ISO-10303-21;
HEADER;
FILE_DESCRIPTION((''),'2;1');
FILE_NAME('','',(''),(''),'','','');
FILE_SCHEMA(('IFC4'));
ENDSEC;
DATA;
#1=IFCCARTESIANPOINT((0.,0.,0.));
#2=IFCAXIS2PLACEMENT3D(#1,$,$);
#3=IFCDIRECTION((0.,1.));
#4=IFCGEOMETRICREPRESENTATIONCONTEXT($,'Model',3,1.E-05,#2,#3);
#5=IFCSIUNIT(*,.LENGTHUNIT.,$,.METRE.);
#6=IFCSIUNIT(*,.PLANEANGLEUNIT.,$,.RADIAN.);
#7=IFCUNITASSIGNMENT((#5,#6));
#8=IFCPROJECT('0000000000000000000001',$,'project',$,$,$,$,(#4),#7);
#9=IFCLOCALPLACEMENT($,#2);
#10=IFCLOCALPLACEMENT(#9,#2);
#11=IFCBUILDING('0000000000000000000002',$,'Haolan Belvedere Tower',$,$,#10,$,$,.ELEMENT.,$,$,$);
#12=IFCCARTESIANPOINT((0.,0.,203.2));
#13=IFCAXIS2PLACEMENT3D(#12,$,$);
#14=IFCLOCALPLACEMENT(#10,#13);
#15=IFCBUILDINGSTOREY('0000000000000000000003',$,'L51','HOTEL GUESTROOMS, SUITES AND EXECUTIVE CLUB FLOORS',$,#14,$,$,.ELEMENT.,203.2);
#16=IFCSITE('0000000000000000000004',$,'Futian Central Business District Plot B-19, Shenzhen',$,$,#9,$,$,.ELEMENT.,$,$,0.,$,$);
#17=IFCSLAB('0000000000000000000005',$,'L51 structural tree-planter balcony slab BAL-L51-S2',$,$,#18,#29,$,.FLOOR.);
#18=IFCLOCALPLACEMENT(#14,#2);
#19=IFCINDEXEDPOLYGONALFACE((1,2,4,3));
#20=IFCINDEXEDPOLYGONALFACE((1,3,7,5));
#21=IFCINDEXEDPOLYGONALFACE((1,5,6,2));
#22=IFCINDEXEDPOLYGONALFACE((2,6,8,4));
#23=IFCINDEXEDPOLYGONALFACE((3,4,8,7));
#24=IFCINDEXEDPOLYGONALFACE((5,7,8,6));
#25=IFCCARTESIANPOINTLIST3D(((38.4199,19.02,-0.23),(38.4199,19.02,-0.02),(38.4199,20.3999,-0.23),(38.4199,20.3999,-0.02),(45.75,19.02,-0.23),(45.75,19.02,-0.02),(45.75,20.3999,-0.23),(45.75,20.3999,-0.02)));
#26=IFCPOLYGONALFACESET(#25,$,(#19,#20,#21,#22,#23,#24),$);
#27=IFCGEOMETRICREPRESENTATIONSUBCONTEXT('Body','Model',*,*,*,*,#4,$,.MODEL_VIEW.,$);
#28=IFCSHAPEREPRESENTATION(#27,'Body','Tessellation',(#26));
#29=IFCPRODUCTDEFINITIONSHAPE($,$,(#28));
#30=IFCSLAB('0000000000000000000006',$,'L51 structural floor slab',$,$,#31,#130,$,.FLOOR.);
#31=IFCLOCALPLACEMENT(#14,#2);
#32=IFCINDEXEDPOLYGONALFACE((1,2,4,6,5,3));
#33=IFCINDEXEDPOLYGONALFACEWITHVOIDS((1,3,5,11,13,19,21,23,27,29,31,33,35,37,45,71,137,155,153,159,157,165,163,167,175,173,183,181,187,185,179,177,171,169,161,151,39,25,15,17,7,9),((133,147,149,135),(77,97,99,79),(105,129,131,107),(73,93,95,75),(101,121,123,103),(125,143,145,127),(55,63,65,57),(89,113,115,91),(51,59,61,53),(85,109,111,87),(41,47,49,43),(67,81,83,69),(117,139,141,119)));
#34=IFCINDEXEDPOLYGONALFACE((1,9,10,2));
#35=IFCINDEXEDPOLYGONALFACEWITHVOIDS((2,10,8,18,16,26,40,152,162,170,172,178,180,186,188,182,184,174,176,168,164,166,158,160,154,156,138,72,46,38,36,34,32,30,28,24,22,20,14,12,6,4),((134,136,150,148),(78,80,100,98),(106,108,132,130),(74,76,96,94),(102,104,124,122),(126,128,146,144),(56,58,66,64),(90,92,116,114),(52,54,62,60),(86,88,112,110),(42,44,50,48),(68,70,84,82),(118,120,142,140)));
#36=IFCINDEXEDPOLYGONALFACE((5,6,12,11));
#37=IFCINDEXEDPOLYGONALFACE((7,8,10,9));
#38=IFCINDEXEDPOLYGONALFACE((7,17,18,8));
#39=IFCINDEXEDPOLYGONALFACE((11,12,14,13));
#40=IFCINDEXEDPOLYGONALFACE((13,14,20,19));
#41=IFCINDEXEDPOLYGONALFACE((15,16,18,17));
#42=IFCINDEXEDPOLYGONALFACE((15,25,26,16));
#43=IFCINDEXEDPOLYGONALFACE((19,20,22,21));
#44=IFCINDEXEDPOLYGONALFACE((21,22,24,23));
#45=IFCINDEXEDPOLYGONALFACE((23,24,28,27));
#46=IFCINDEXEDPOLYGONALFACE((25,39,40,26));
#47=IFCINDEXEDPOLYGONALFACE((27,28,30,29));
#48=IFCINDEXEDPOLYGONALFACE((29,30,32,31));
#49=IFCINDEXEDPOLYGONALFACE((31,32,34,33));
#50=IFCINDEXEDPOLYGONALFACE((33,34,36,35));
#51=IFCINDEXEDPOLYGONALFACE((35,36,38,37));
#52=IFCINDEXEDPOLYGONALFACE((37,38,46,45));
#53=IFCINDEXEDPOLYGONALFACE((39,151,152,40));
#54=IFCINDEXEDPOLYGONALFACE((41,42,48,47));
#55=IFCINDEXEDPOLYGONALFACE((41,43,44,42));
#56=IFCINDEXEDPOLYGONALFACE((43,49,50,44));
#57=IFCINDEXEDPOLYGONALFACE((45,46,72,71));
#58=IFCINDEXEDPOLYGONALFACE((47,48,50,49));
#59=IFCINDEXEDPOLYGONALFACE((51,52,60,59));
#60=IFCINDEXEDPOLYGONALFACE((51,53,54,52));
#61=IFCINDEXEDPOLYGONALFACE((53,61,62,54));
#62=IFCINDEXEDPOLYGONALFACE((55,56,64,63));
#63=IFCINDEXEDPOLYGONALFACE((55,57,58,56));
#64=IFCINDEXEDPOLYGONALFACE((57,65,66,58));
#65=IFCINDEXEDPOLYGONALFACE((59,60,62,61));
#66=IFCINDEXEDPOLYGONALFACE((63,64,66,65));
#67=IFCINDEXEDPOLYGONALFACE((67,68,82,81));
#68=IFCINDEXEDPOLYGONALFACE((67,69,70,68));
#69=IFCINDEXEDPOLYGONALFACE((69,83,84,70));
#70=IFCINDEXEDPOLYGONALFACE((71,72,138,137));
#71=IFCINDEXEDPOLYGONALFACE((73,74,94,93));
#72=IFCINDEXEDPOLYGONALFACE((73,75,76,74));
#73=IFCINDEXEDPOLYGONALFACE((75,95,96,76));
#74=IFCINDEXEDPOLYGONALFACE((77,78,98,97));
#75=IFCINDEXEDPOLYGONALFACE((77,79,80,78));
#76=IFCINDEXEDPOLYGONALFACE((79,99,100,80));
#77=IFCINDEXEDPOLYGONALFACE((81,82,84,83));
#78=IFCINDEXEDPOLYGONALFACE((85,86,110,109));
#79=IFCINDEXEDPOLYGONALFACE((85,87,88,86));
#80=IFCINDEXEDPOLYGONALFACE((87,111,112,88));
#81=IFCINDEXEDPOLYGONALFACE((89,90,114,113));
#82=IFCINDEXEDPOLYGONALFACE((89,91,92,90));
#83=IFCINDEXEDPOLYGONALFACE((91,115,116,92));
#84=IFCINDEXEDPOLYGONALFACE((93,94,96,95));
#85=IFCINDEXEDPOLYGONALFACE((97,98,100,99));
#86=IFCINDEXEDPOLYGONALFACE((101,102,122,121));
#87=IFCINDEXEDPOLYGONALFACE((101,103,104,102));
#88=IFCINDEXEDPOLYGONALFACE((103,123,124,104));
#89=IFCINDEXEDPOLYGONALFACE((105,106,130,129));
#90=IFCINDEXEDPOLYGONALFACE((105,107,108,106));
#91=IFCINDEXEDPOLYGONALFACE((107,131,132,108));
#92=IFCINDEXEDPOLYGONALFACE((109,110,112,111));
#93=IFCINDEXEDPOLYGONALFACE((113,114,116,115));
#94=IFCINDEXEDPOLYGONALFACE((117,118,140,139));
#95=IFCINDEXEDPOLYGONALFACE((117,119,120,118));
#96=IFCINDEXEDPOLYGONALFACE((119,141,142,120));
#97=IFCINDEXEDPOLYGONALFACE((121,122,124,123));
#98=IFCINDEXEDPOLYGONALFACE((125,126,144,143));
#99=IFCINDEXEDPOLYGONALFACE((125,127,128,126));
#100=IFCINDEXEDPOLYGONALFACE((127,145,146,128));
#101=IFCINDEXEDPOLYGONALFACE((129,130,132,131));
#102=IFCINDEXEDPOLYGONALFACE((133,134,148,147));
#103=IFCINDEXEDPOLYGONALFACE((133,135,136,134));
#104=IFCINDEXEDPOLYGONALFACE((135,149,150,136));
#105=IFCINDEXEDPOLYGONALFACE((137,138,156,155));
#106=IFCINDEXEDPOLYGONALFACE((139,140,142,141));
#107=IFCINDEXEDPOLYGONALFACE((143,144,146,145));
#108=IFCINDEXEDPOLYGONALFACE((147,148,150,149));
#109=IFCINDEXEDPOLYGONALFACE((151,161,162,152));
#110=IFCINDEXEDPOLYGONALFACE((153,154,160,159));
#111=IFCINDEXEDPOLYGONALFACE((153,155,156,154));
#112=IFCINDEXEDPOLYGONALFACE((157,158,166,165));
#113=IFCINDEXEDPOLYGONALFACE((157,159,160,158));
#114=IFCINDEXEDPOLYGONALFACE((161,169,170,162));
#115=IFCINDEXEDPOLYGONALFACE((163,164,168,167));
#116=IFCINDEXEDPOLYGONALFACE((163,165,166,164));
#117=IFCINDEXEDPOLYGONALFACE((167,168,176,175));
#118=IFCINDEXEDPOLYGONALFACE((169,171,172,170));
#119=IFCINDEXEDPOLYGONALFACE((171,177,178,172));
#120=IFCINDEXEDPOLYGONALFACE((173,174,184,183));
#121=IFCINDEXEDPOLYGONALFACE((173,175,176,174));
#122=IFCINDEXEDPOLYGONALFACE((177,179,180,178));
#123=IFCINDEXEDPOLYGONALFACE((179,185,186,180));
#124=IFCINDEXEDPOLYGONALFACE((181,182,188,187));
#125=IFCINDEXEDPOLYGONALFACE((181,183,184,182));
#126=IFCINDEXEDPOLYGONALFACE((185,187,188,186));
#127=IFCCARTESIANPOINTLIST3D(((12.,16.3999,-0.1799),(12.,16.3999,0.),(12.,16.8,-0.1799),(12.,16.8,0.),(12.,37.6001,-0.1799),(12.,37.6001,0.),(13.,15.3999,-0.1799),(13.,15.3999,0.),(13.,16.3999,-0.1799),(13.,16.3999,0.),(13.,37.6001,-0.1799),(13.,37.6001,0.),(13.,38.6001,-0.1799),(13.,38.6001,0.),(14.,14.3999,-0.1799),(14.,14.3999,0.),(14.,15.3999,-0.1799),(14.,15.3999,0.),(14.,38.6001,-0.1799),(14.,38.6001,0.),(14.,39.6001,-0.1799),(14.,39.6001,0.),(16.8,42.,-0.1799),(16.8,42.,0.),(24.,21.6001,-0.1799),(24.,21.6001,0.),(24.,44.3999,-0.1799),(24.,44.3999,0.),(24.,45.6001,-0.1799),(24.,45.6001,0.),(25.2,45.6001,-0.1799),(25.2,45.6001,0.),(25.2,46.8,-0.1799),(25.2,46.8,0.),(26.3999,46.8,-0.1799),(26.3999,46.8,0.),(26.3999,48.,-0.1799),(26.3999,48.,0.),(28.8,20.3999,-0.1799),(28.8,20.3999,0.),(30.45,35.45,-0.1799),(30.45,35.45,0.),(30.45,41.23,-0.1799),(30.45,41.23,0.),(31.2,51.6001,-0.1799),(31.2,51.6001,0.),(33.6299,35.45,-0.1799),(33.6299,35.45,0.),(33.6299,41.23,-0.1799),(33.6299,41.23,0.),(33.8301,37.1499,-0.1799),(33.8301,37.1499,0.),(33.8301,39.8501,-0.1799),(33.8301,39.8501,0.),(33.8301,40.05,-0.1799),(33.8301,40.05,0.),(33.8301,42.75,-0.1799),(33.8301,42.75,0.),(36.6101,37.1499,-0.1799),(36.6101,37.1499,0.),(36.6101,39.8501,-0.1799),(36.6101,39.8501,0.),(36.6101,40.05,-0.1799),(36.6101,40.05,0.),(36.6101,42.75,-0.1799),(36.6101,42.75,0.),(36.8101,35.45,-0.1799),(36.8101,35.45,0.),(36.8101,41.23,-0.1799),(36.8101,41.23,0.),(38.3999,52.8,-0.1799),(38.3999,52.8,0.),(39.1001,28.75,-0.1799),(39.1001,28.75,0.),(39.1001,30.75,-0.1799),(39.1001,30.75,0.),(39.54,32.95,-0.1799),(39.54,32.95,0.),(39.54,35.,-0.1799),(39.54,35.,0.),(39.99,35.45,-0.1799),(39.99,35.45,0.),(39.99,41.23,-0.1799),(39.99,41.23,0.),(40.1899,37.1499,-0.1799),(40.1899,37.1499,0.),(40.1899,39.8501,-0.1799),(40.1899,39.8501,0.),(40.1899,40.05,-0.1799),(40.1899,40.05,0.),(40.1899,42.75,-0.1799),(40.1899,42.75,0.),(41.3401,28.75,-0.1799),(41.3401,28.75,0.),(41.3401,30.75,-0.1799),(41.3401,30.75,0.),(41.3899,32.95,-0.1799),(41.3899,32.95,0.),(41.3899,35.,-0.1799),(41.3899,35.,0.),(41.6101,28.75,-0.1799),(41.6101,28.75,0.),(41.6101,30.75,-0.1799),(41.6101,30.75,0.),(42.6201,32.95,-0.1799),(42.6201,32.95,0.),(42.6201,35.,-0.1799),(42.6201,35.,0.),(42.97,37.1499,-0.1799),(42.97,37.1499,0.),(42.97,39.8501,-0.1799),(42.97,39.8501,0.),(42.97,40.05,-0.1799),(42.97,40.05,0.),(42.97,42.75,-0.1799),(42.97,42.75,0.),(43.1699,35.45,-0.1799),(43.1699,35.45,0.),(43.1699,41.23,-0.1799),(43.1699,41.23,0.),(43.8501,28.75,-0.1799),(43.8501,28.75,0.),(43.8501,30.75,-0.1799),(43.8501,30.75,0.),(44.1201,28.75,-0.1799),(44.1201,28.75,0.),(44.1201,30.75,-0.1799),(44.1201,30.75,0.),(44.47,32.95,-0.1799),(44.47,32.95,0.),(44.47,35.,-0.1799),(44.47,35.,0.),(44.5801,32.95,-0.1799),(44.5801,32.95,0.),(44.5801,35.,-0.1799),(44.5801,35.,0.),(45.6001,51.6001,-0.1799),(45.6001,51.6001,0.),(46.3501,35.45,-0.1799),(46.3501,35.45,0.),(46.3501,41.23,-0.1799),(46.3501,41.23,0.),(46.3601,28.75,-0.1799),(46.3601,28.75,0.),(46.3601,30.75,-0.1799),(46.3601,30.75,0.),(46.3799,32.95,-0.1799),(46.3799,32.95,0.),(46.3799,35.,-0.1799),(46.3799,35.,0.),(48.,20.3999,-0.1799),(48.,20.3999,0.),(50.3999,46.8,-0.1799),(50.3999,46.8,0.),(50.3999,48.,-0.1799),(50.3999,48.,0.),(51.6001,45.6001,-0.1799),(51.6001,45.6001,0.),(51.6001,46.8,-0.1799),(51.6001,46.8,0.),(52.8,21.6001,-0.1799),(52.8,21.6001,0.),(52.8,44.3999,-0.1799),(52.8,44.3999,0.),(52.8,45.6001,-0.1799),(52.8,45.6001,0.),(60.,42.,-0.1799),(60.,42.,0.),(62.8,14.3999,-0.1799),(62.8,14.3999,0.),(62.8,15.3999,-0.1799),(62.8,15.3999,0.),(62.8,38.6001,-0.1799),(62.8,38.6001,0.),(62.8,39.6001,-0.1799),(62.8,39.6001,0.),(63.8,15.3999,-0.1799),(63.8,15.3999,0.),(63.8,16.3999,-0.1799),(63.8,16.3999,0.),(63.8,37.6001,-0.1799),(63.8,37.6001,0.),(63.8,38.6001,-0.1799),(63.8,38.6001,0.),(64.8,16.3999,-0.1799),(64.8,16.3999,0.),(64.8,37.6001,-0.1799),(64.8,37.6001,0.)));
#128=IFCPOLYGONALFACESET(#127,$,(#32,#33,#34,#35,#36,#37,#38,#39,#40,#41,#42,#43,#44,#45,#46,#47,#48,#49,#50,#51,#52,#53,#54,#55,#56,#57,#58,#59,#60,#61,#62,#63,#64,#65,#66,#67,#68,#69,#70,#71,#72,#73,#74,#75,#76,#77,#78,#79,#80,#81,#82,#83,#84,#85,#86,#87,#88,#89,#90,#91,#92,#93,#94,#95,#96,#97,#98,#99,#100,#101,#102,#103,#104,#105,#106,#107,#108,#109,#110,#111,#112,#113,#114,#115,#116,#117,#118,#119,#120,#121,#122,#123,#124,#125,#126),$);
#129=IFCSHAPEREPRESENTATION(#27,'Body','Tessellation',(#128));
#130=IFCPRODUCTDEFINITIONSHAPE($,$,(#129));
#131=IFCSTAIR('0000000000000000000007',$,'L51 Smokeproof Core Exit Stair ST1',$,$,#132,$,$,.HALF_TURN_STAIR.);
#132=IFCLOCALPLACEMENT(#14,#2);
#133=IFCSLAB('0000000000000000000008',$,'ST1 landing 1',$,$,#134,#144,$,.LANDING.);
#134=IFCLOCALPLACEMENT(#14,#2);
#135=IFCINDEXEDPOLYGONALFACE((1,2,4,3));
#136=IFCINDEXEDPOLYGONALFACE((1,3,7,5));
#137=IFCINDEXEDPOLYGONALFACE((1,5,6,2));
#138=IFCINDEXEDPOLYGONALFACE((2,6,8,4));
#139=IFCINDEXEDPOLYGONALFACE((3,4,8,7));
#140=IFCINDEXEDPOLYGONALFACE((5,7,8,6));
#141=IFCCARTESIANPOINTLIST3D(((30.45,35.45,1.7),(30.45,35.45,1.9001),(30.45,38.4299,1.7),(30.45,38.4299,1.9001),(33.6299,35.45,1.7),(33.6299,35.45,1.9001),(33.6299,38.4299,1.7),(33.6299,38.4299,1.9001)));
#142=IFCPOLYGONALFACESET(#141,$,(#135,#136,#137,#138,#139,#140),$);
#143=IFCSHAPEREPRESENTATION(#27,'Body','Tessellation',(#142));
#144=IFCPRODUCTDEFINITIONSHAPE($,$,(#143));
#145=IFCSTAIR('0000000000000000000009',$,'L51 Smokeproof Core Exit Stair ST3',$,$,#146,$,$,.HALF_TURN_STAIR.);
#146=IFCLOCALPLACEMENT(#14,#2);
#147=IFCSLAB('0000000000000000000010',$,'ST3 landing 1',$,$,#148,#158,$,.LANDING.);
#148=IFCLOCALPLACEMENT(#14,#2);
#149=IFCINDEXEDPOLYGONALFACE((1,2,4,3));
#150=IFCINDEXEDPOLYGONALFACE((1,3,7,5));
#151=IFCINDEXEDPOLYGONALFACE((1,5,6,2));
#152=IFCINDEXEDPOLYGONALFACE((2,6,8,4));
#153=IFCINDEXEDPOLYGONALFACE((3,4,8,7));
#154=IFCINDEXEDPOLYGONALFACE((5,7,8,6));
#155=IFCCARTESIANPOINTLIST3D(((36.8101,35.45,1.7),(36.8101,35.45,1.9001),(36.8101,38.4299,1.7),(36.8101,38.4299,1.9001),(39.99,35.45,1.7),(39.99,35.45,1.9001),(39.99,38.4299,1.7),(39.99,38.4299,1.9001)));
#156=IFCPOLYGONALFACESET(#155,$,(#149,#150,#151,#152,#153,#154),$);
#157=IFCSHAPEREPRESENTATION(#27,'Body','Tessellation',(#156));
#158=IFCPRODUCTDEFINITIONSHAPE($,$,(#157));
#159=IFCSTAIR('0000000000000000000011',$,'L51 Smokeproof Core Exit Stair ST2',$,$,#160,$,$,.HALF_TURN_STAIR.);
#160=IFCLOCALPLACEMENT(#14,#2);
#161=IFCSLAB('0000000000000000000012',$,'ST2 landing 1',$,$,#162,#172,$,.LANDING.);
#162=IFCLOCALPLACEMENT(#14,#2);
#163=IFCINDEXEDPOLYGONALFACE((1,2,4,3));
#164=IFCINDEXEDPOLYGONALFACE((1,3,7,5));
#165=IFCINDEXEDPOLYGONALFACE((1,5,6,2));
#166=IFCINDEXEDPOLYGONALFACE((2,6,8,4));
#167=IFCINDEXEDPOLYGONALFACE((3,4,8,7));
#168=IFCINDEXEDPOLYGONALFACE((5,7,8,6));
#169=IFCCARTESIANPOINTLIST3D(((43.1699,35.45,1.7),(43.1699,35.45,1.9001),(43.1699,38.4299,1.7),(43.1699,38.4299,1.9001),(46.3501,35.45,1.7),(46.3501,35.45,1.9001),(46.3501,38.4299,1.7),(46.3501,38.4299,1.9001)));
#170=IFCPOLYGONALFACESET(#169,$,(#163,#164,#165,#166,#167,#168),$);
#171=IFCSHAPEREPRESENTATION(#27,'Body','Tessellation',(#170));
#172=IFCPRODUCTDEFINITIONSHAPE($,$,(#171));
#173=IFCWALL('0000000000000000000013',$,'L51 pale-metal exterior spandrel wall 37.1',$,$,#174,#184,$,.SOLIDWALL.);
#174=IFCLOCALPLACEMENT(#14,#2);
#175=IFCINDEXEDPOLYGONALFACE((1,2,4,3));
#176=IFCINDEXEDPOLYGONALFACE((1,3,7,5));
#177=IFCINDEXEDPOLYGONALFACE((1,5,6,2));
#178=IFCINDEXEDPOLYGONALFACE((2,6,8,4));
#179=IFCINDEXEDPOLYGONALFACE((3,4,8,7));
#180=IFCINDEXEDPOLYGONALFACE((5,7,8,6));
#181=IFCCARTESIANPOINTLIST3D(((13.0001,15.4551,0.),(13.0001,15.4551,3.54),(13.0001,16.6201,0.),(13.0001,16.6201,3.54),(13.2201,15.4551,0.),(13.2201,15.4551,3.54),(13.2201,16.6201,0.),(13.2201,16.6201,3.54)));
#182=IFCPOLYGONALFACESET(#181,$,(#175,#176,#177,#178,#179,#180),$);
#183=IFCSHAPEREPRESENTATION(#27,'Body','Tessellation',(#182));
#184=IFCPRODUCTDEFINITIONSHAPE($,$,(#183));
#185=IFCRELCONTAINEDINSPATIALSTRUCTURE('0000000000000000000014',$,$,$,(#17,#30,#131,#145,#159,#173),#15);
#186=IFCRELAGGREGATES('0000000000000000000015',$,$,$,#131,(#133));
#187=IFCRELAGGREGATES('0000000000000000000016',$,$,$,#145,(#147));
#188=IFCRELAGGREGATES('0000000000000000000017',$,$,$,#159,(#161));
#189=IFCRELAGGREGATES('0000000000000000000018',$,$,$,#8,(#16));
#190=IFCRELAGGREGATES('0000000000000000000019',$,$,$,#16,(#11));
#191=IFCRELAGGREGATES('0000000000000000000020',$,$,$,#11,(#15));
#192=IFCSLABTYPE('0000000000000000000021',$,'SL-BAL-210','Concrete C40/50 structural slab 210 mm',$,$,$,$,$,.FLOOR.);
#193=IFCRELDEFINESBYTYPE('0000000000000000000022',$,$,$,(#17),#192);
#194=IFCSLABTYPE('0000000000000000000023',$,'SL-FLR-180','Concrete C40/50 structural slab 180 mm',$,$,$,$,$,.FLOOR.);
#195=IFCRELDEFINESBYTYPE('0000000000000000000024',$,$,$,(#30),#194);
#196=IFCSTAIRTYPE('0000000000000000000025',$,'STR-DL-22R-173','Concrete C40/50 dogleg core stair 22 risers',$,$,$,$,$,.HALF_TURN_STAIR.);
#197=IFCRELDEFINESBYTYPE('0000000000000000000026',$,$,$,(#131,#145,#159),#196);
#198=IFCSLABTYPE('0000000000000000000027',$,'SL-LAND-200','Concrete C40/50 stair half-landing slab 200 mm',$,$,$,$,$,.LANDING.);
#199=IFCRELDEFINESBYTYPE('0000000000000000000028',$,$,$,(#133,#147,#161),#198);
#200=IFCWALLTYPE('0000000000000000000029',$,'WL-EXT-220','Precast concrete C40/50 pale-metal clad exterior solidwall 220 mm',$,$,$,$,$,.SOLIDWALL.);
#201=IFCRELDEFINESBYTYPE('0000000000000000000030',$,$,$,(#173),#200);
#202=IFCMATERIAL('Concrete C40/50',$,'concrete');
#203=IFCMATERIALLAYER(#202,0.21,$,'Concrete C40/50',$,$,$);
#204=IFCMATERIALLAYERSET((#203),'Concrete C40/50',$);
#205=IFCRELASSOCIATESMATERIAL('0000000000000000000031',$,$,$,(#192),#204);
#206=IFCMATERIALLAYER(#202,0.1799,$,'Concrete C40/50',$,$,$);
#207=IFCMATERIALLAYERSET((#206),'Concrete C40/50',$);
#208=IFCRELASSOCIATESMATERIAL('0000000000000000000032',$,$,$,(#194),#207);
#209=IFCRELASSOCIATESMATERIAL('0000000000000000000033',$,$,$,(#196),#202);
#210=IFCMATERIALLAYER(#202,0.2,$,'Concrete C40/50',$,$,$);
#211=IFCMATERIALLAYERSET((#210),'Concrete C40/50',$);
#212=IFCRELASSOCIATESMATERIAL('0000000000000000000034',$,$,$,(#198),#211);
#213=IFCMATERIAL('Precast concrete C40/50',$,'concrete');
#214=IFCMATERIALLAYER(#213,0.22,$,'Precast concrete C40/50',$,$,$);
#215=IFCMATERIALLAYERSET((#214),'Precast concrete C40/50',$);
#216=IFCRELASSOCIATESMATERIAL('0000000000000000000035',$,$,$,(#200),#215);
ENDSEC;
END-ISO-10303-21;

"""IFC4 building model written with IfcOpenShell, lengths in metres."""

from ifc_helpers import new_model, si_unit, direction, frame, frame_2d, origin, place, context, subcontext, project, spatial, polyline, rectangle, outline, extrude, material, layer, layer_set, type_object, element, aggregate, save


model = new_model("IFC4")

# Units and contexts
model_context = context("Model", 3, precision=1e-05, world=origin(), true_north=direction((0.0, 1.0)))
body_context = subcontext(model_context, "Body", "Model", "MODEL_VIEW")
ifc_project = project(units=[si_unit("LENGTHUNIT", "METRE"), si_unit("PLANEANGLEUNIT", "RADIAN")], contexts=[model_context])

# Site, building, storey
site_placement = place(None, origin())
site = spatial("IfcSite", under=ifc_project, at=site_placement, Name="Futian Central Business District Plot B-19, Shenzhen", CompositionType="ELEMENT", RefElevation=0.0)
building_placement = place(site_placement, origin())
building = spatial("IfcBuilding", under=site, at=building_placement, Name="Haolan Belvedere Tower", CompositionType="ELEMENT")
storey_placement = place(building_placement, frame((0.0, 0.0, 203.2)))
storey = spatial("IfcBuildingStorey", under=building, at=storey_placement, Name="L51", Description="HOTEL GUESTROOMS, SUITES AND EXECUTIVE CLUB FLOORS", CompositionType="ELEMENT", Elevation=203.2)

# Slabs
ifc_material_1 = material(Name="Concrete C40/50", Category="concrete")
ifc_layer_1 = layer(ifc_material_1, 0.21, Name="Concrete C40/50")
ifc_layer_set_1 = layer_set([ifc_layer_1], Name="Concrete C40/50")
slab_type_1 = type_object("IfcSlabType", Name="SL-BAL-210", Description="Concrete C40/50 structural slab 210 mm", PredefinedType="FLOOR", material=ifc_layer_set_1)
slab_1_placement = place(storey_placement, frame((0.0, 0.0, -0.23)))
element("IfcSlab", 1, at=slab_1_placement, inside=storey, type_object=slab_type_1, Name="L51 structural tree-planter balcony slab BAL-L51-S2", PredefinedType="FLOOR", context=body_context, shape_type="SweptSolid", body=[
    extrude(outline(polyline([(38.4199, 19.02), (45.75, 19.02), (45.75, 20.3999), (38.4199, 20.3999), (38.4199, 19.02)])), origin(), (0.0, 0.0, 1.0), 0.21),
])
ifc_layer_2 = layer(ifc_material_1, 0.1799, Name="Concrete C40/50")
ifc_layer_set_2 = layer_set([ifc_layer_2], Name="Concrete C40/50")
slab_type_2 = type_object("IfcSlabType", Name="SL-FLR-180", Description="Concrete C40/50 structural slab 180 mm", PredefinedType="FLOOR", material=ifc_layer_set_2)
slab_2_placement = place(storey_placement, frame((0.0, 0.0, -0.1799)))
element("IfcSlab", 2, at=slab_2_placement, inside=storey, type_object=slab_type_2, Name="L51 structural floor slab", PredefinedType="FLOOR", context=body_context, shape_type="SweptSolid", body=[
    extrude(outline(polyline([(24.0, 21.6001), (28.8, 20.3999), (48.0, 20.3999), (52.8, 21.6001), (62.8, 14.3999), (62.8, 15.3999), (63.8, 15.3999), (63.8, 16.3999), (64.8, 16.3999), (64.8, 37.6001), (63.8, 37.6001), (63.8, 38.6001), (62.8, 38.6001), (62.8, 39.6001), (60.0, 42.0), (52.8, 44.3999), (52.8, 45.6001), (51.6001, 45.6001), (51.6001, 46.8), (50.3999, 46.8), (50.3999, 48.0), (45.6001, 51.6001), (38.3999, 52.8), (31.2, 51.6001), (26.3999, 48.0), (26.3999, 46.8), (25.2, 46.8), (25.2, 45.6001), (24.0, 45.6001), (24.0, 44.3999), (16.8, 42.0), (14.0, 39.6001), (14.0, 38.6001), (13.0, 38.6001), (13.0, 37.6001), (12.0, 37.6001), (12.0, 16.8), (12.0, 16.3999), (13.0, 16.3999), (13.0, 15.3999), (14.0, 15.3999), (14.0, 14.3999), (24.0, 21.6001)]), holes=[polyline([(30.45, 41.23), (30.45, 35.45), (33.6299, 35.45), (33.6299, 41.23), (30.45, 41.23)]), polyline([(36.8101, 41.23), (36.8101, 35.45), (39.99, 35.45), (39.99, 41.23), (36.8101, 41.23)]), polyline([(43.1699, 41.23), (43.1699, 35.45), (46.3501, 35.45), (46.3501, 41.23), (43.1699, 41.23)]), polyline([(33.8301, 40.05), (36.6101, 40.05), (36.6101, 42.75), (33.8301, 42.75), (33.8301, 40.05)]), polyline([(33.8301, 37.1499), (36.6101, 37.1499), (36.6101, 39.8501), (33.8301, 39.8501), (33.8301, 37.1499)]), polyline([(40.1899, 40.05), (42.97, 40.05), (42.97, 42.75), (40.1899, 42.75), (40.1899, 40.05)]), polyline([(40.1899, 37.1499), (42.97, 37.1499), (42.97, 39.8501), (40.1899, 39.8501), (40.1899, 37.1499)]), polyline([(39.54, 32.95), (41.3899, 32.95), (41.3899, 35.0), (39.54, 35.0), (39.54, 32.95)]), polyline([(42.6201, 32.95), (44.47, 32.95), (44.47, 35.0), (42.6201, 35.0), (42.6201, 32.95)]), polyline([(44.5801, 32.95), (46.3799, 32.95), (46.3799, 35.0), (44.5801, 35.0), (44.5801, 32.95)]), polyline([(39.1001, 28.75), (41.3401, 28.75), (41.3401, 30.75), (39.1001, 30.75), (39.1001, 28.75)]), polyline([(41.6101, 28.75), (43.8501, 28.75), (43.8501, 30.75), (41.6101, 30.75), (41.6101, 28.75)]), polyline([(44.1201, 28.75), (46.3601, 28.75), (46.3601, 30.75), (44.1201, 30.75), (44.1201, 28.75)])]), origin(), (0.0, 0.0, 1.0), 0.1799),
])

# Stairs, slabs
stair_type = type_object("IfcStairType", Name="STR-DL-22R-173", Description="Concrete C40/50 dogleg core stair 22 risers", PredefinedType="HALF_TURN_STAIR", material=ifc_material_1)
stair_1_placement = place(storey_placement, origin())
stair_1 = element("IfcStair", 3, at=stair_1_placement, inside=storey, type_object=stair_type, Name="L51 Smokeproof Core Exit Stair ST1", PredefinedType="HALF_TURN_STAIR")
ifc_layer_3 = layer(ifc_material_1, 0.2, Name="Concrete C40/50")
ifc_layer_set_3 = layer_set([ifc_layer_3], Name="Concrete C40/50")
slab_type_3 = type_object("IfcSlabType", Name="SL-LAND-200", Description="Concrete C40/50 stair half-landing slab 200 mm", PredefinedType="LANDING", material=ifc_layer_set_3)
slab_3_placement = place(storey_placement, frame((0.0, 0.0, 1.7)))
slab_3 = element("IfcSlab", 4, at=slab_3_placement, type_object=slab_type_3, Name="ST1 landing 1", PredefinedType="LANDING", context=body_context, shape_type="SweptSolid", body=[
    extrude(outline(polyline([(30.45, 38.4299), (30.45, 35.45), (33.6299, 35.45), (33.6299, 38.4299), (30.45, 38.4299)])), origin(), (0.0, 0.0, 1.0), 0.2002),
])
aggregate(stair_1, [slab_3])
stair_2_placement = place(storey_placement, origin())
stair_2 = element("IfcStair", 5, at=stair_2_placement, inside=storey, type_object=stair_type, Name="L51 Smokeproof Core Exit Stair ST3", PredefinedType="HALF_TURN_STAIR")
slab_4_placement = place(storey_placement, frame((0.0, 0.0, 1.7)))
slab_4 = element("IfcSlab", 6, at=slab_4_placement, type_object=slab_type_3, Name="ST3 landing 1", PredefinedType="LANDING", context=body_context, shape_type="SweptSolid", body=[
    extrude(outline(polyline([(36.8101, 38.4299), (36.8101, 35.45), (39.99, 35.45), (39.99, 38.4299), (36.8101, 38.4299)])), origin(), (0.0, 0.0, 1.0), 0.2002),
])
aggregate(stair_2, [slab_4])
stair_3_placement = place(storey_placement, origin())
stair_3 = element("IfcStair", 7, at=stair_3_placement, inside=storey, type_object=stair_type, Name="L51 Smokeproof Core Exit Stair ST2", PredefinedType="HALF_TURN_STAIR")
slab_5_placement = place(storey_placement, frame((0.0, 0.0, 1.7)))
slab_5 = element("IfcSlab", 8, at=slab_5_placement, type_object=slab_type_3, Name="ST2 landing 1", PredefinedType="LANDING", context=body_context, shape_type="SweptSolid", body=[
    extrude(outline(polyline([(43.1699, 38.4299), (43.1699, 35.45), (46.3501, 35.45), (46.3501, 38.4299), (43.1699, 38.4299)])), origin(), (0.0, 0.0, 1.0), 0.2002),
])
aggregate(stair_3, [slab_5])

# Wall
ifc_material_2 = material(Name="Precast concrete C40/50", Category="concrete")
ifc_layer_4 = layer(ifc_material_2, 0.22, Name="Precast concrete C40/50")
ifc_layer_set_4 = layer_set([ifc_layer_4], Name="Precast concrete C40/50")
wall_type_1 = type_object("IfcWallType", Name="WL-EXT-220", Description="Precast concrete C40/50 pale-metal clad exterior solidwall 220 mm", PredefinedType="SOLIDWALL", material=ifc_layer_set_4)
wall_1_placement = place(storey_placement, frame((13.1101, 16.6201, 0.0), z_axis=(0.0, 0.0, 1.0), x_axis=(0.0, -1.0, 0.0)))
element("IfcWall", 9, at=wall_1_placement, inside=storey, type_object=wall_type_1, Name="L51 pale-metal exterior spandrel wall 37.1", PredefinedType="SOLIDWALL", context=body_context, shape_type="SweptSolid", body=[
    extrude(rectangle(XDim=1.165, YDim=0.22, at=frame_2d((0.5825, 0.0))), origin(), (0.0, 0.0, 1.0), 3.54),
])

save(model, "model.ifc")
